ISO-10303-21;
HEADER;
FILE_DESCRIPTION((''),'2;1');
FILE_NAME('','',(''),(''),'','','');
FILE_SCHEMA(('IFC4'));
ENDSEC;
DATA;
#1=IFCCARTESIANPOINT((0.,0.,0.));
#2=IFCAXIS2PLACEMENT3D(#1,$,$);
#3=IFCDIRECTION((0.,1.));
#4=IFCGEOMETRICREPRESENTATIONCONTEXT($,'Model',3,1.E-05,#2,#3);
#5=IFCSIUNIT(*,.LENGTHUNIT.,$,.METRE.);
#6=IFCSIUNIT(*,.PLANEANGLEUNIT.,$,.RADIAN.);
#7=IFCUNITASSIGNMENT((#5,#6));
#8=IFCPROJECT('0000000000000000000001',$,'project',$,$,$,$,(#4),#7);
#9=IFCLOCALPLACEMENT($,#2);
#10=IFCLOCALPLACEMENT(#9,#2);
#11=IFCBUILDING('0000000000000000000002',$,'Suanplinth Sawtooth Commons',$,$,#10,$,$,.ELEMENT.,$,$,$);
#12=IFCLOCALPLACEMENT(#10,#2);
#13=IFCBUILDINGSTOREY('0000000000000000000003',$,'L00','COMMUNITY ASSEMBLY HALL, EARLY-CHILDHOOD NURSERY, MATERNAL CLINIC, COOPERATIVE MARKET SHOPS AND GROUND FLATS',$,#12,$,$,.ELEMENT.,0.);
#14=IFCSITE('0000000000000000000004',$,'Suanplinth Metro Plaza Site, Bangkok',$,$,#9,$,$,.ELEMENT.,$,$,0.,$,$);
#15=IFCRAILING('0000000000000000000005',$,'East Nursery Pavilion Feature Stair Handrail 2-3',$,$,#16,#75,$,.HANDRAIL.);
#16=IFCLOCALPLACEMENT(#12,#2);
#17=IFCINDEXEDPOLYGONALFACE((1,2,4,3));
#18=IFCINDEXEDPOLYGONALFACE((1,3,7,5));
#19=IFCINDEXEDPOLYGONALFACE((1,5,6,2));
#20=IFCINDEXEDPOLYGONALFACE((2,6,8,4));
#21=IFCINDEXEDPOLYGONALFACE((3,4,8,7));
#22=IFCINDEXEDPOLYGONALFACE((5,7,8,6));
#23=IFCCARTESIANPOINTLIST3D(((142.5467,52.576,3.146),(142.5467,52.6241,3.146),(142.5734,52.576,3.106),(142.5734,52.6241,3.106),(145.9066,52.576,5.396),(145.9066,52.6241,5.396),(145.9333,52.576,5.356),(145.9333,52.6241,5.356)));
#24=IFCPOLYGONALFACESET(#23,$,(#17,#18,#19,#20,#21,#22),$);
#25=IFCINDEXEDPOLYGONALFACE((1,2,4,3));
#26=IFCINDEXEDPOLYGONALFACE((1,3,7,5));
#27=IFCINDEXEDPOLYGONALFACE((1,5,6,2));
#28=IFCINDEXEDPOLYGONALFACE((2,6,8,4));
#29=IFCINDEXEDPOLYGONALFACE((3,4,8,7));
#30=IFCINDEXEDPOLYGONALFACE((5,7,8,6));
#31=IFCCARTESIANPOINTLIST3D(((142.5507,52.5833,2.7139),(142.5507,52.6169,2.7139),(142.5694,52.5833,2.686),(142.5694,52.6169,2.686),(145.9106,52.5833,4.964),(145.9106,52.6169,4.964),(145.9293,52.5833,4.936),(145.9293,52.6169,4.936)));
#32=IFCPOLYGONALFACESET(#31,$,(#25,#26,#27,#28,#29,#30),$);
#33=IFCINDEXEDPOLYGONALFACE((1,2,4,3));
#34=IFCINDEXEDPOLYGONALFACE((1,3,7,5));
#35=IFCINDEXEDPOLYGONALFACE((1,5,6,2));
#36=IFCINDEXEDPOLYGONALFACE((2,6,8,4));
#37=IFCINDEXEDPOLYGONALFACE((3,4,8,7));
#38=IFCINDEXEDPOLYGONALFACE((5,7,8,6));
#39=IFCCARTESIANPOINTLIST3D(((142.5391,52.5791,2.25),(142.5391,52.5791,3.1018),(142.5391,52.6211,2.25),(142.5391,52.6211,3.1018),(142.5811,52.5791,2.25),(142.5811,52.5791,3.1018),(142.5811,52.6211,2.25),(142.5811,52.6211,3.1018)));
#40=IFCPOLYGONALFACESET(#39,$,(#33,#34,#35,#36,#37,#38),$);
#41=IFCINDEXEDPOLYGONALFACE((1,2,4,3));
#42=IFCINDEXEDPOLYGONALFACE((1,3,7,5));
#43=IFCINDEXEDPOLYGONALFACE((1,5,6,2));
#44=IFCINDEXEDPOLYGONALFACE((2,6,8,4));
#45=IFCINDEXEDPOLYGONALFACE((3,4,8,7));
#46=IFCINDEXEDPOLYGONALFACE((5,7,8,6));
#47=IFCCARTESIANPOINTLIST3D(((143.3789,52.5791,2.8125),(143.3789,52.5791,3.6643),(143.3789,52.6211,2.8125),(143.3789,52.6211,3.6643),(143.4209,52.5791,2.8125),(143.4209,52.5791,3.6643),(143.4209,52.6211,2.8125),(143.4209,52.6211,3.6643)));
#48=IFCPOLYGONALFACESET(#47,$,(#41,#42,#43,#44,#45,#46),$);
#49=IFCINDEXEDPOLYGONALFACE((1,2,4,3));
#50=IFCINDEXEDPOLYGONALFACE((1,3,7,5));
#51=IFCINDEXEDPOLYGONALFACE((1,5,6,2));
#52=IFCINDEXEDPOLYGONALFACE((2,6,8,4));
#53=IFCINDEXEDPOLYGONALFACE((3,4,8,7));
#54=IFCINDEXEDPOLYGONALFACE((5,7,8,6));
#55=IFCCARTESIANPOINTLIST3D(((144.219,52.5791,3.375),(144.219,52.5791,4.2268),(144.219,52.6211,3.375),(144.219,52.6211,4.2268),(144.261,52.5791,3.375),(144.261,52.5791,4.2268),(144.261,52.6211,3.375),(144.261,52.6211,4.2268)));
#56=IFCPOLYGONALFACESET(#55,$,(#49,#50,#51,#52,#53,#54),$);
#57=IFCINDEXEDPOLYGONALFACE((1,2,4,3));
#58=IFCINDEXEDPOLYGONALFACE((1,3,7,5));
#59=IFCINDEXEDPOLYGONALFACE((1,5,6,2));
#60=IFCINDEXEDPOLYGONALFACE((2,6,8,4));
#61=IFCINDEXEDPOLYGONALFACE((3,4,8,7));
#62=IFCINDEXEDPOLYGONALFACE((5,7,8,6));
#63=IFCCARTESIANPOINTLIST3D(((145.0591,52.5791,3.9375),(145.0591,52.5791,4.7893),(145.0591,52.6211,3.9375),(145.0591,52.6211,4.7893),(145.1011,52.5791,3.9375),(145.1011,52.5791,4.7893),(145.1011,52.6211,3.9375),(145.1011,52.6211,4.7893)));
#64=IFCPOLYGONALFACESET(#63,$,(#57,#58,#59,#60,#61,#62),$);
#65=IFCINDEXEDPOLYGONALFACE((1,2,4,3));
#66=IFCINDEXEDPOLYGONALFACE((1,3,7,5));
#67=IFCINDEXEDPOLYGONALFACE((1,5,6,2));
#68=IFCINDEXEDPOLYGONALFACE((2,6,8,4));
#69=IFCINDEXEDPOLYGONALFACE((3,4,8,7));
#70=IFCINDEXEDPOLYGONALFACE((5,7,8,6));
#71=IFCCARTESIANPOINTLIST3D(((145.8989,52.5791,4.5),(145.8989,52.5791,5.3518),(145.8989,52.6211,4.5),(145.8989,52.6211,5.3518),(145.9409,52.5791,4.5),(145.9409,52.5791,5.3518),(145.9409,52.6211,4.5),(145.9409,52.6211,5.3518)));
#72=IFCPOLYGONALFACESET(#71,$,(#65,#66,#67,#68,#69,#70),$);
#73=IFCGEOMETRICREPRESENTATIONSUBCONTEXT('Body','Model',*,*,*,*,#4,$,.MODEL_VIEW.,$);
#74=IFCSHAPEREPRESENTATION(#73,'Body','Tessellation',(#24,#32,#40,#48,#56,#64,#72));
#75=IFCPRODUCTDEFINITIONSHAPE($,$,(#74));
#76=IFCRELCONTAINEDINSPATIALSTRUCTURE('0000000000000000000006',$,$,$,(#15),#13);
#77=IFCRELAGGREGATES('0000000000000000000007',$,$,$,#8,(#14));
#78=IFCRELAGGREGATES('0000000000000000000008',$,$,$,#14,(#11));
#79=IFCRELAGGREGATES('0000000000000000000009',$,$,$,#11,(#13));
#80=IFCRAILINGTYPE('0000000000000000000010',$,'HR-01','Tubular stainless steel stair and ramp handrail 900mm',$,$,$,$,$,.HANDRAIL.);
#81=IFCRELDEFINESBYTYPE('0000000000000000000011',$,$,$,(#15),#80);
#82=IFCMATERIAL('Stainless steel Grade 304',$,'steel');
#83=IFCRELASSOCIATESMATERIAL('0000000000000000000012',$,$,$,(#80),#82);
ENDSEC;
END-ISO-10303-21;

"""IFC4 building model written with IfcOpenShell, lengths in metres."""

from ifc_helpers import new_model, si_unit, direction, frame, origin, origin_2d, place, context, subcontext, project, spatial, rectangle, extrude, material, type_object, element, save


model = new_model("IFC4")

# Units and contexts
model_context = context("Model", 3, precision=1e-05, world=origin(), true_north=direction((0.0, 1.0)))
body_context = subcontext(model_context, "Body", "Model", "MODEL_VIEW")
ifc_project = project(units=[si_unit("LENGTHUNIT", "METRE"), si_unit("PLANEANGLEUNIT", "RADIAN")], contexts=[model_context])

# Site, building, storey
site_placement = place(None, origin())
site = spatial("IfcSite", under=ifc_project, at=site_placement, Name="Suanplinth Metro Plaza Site, Bangkok", CompositionType="ELEMENT", RefElevation=0.0)
building_placement = place(site_placement, origin())
building = spatial("IfcBuilding", under=site, at=building_placement, Name="Suanplinth Sawtooth Commons", CompositionType="ELEMENT")
storey_placement = place(building_placement, origin())
storey = spatial("IfcBuildingStorey", under=building, at=storey_placement, Name="L00", Description="COMMUNITY ASSEMBLY HALL, EARLY-CHILDHOOD NURSERY, MATERNAL CLINIC, COOPERATIVE MARKET SHOPS AND GROUND FLATS", CompositionType="ELEMENT", Elevation=0.0)

# Railing
ifc_material_1 = material(Name="Stainless steel Grade 304", Category="steel")
railing_type_1 = type_object("IfcRailingType", Name="HR-01", Description="Tubular stainless steel stair and ramp handrail 900mm", PredefinedType="HANDRAIL", material=ifc_material_1)
railing_1_placement = place(storey_placement, frame((142.5601, 52.6001, 2.25)))
element("IfcRailing", 1, at=railing_1_placement, inside=storey, type_object=railing_type_1, Name="East Nursery Pavilion Feature Stair Handrail 2-3", PredefinedType="HANDRAIL", context=body_context, shape_type="SweptSolid", body=[
    extrude(rectangle(XDim=0.0481, YDim=0.0481, at=origin_2d()), frame((0.0, 0.0, 0.876), z_axis=(0.830897, 0.0, 0.556427), x_axis=(0.0, 1.0, 0.0)), (0.0, 0.0, 1.0), 4.0437),
    extrude(rectangle(XDim=0.0337, YDim=0.0337, at=origin_2d()), frame((0.0, 0.0, 0.45), z_axis=(0.830897, 0.0, 0.556427), x_axis=(0.0, 1.0, 0.0)), (0.0, 0.0, 1.0), 4.0437),
    extrude(rectangle(XDim=0.042, YDim=0.042, at=origin_2d()), origin(), (0.0, 0.0, 1.0), 0.8518),
    extrude(rectangle(XDim=0.042, YDim=0.042, at=origin_2d()), frame((0.8398, 0.0, 0.5625)), (0.0, 0.0, 1.0), 0.8518),
    extrude(rectangle(XDim=0.042, YDim=0.042, at=origin_2d()), frame((1.6799, 0.0, 1.125)), (0.0, 0.0, 1.0), 0.8518),
    extrude(rectangle(XDim=0.042, YDim=0.042, at=origin_2d()), frame((2.52, 0.0, 1.6875)), (0.0, 0.0, 1.0), 0.8518),
    extrude(rectangle(XDim=0.042, YDim=0.042, at=origin_2d()), frame((3.3599, 0.0, 2.25)), (0.0, 0.0, 1.0), 0.8518),
])

save(model, "model.ifc")
